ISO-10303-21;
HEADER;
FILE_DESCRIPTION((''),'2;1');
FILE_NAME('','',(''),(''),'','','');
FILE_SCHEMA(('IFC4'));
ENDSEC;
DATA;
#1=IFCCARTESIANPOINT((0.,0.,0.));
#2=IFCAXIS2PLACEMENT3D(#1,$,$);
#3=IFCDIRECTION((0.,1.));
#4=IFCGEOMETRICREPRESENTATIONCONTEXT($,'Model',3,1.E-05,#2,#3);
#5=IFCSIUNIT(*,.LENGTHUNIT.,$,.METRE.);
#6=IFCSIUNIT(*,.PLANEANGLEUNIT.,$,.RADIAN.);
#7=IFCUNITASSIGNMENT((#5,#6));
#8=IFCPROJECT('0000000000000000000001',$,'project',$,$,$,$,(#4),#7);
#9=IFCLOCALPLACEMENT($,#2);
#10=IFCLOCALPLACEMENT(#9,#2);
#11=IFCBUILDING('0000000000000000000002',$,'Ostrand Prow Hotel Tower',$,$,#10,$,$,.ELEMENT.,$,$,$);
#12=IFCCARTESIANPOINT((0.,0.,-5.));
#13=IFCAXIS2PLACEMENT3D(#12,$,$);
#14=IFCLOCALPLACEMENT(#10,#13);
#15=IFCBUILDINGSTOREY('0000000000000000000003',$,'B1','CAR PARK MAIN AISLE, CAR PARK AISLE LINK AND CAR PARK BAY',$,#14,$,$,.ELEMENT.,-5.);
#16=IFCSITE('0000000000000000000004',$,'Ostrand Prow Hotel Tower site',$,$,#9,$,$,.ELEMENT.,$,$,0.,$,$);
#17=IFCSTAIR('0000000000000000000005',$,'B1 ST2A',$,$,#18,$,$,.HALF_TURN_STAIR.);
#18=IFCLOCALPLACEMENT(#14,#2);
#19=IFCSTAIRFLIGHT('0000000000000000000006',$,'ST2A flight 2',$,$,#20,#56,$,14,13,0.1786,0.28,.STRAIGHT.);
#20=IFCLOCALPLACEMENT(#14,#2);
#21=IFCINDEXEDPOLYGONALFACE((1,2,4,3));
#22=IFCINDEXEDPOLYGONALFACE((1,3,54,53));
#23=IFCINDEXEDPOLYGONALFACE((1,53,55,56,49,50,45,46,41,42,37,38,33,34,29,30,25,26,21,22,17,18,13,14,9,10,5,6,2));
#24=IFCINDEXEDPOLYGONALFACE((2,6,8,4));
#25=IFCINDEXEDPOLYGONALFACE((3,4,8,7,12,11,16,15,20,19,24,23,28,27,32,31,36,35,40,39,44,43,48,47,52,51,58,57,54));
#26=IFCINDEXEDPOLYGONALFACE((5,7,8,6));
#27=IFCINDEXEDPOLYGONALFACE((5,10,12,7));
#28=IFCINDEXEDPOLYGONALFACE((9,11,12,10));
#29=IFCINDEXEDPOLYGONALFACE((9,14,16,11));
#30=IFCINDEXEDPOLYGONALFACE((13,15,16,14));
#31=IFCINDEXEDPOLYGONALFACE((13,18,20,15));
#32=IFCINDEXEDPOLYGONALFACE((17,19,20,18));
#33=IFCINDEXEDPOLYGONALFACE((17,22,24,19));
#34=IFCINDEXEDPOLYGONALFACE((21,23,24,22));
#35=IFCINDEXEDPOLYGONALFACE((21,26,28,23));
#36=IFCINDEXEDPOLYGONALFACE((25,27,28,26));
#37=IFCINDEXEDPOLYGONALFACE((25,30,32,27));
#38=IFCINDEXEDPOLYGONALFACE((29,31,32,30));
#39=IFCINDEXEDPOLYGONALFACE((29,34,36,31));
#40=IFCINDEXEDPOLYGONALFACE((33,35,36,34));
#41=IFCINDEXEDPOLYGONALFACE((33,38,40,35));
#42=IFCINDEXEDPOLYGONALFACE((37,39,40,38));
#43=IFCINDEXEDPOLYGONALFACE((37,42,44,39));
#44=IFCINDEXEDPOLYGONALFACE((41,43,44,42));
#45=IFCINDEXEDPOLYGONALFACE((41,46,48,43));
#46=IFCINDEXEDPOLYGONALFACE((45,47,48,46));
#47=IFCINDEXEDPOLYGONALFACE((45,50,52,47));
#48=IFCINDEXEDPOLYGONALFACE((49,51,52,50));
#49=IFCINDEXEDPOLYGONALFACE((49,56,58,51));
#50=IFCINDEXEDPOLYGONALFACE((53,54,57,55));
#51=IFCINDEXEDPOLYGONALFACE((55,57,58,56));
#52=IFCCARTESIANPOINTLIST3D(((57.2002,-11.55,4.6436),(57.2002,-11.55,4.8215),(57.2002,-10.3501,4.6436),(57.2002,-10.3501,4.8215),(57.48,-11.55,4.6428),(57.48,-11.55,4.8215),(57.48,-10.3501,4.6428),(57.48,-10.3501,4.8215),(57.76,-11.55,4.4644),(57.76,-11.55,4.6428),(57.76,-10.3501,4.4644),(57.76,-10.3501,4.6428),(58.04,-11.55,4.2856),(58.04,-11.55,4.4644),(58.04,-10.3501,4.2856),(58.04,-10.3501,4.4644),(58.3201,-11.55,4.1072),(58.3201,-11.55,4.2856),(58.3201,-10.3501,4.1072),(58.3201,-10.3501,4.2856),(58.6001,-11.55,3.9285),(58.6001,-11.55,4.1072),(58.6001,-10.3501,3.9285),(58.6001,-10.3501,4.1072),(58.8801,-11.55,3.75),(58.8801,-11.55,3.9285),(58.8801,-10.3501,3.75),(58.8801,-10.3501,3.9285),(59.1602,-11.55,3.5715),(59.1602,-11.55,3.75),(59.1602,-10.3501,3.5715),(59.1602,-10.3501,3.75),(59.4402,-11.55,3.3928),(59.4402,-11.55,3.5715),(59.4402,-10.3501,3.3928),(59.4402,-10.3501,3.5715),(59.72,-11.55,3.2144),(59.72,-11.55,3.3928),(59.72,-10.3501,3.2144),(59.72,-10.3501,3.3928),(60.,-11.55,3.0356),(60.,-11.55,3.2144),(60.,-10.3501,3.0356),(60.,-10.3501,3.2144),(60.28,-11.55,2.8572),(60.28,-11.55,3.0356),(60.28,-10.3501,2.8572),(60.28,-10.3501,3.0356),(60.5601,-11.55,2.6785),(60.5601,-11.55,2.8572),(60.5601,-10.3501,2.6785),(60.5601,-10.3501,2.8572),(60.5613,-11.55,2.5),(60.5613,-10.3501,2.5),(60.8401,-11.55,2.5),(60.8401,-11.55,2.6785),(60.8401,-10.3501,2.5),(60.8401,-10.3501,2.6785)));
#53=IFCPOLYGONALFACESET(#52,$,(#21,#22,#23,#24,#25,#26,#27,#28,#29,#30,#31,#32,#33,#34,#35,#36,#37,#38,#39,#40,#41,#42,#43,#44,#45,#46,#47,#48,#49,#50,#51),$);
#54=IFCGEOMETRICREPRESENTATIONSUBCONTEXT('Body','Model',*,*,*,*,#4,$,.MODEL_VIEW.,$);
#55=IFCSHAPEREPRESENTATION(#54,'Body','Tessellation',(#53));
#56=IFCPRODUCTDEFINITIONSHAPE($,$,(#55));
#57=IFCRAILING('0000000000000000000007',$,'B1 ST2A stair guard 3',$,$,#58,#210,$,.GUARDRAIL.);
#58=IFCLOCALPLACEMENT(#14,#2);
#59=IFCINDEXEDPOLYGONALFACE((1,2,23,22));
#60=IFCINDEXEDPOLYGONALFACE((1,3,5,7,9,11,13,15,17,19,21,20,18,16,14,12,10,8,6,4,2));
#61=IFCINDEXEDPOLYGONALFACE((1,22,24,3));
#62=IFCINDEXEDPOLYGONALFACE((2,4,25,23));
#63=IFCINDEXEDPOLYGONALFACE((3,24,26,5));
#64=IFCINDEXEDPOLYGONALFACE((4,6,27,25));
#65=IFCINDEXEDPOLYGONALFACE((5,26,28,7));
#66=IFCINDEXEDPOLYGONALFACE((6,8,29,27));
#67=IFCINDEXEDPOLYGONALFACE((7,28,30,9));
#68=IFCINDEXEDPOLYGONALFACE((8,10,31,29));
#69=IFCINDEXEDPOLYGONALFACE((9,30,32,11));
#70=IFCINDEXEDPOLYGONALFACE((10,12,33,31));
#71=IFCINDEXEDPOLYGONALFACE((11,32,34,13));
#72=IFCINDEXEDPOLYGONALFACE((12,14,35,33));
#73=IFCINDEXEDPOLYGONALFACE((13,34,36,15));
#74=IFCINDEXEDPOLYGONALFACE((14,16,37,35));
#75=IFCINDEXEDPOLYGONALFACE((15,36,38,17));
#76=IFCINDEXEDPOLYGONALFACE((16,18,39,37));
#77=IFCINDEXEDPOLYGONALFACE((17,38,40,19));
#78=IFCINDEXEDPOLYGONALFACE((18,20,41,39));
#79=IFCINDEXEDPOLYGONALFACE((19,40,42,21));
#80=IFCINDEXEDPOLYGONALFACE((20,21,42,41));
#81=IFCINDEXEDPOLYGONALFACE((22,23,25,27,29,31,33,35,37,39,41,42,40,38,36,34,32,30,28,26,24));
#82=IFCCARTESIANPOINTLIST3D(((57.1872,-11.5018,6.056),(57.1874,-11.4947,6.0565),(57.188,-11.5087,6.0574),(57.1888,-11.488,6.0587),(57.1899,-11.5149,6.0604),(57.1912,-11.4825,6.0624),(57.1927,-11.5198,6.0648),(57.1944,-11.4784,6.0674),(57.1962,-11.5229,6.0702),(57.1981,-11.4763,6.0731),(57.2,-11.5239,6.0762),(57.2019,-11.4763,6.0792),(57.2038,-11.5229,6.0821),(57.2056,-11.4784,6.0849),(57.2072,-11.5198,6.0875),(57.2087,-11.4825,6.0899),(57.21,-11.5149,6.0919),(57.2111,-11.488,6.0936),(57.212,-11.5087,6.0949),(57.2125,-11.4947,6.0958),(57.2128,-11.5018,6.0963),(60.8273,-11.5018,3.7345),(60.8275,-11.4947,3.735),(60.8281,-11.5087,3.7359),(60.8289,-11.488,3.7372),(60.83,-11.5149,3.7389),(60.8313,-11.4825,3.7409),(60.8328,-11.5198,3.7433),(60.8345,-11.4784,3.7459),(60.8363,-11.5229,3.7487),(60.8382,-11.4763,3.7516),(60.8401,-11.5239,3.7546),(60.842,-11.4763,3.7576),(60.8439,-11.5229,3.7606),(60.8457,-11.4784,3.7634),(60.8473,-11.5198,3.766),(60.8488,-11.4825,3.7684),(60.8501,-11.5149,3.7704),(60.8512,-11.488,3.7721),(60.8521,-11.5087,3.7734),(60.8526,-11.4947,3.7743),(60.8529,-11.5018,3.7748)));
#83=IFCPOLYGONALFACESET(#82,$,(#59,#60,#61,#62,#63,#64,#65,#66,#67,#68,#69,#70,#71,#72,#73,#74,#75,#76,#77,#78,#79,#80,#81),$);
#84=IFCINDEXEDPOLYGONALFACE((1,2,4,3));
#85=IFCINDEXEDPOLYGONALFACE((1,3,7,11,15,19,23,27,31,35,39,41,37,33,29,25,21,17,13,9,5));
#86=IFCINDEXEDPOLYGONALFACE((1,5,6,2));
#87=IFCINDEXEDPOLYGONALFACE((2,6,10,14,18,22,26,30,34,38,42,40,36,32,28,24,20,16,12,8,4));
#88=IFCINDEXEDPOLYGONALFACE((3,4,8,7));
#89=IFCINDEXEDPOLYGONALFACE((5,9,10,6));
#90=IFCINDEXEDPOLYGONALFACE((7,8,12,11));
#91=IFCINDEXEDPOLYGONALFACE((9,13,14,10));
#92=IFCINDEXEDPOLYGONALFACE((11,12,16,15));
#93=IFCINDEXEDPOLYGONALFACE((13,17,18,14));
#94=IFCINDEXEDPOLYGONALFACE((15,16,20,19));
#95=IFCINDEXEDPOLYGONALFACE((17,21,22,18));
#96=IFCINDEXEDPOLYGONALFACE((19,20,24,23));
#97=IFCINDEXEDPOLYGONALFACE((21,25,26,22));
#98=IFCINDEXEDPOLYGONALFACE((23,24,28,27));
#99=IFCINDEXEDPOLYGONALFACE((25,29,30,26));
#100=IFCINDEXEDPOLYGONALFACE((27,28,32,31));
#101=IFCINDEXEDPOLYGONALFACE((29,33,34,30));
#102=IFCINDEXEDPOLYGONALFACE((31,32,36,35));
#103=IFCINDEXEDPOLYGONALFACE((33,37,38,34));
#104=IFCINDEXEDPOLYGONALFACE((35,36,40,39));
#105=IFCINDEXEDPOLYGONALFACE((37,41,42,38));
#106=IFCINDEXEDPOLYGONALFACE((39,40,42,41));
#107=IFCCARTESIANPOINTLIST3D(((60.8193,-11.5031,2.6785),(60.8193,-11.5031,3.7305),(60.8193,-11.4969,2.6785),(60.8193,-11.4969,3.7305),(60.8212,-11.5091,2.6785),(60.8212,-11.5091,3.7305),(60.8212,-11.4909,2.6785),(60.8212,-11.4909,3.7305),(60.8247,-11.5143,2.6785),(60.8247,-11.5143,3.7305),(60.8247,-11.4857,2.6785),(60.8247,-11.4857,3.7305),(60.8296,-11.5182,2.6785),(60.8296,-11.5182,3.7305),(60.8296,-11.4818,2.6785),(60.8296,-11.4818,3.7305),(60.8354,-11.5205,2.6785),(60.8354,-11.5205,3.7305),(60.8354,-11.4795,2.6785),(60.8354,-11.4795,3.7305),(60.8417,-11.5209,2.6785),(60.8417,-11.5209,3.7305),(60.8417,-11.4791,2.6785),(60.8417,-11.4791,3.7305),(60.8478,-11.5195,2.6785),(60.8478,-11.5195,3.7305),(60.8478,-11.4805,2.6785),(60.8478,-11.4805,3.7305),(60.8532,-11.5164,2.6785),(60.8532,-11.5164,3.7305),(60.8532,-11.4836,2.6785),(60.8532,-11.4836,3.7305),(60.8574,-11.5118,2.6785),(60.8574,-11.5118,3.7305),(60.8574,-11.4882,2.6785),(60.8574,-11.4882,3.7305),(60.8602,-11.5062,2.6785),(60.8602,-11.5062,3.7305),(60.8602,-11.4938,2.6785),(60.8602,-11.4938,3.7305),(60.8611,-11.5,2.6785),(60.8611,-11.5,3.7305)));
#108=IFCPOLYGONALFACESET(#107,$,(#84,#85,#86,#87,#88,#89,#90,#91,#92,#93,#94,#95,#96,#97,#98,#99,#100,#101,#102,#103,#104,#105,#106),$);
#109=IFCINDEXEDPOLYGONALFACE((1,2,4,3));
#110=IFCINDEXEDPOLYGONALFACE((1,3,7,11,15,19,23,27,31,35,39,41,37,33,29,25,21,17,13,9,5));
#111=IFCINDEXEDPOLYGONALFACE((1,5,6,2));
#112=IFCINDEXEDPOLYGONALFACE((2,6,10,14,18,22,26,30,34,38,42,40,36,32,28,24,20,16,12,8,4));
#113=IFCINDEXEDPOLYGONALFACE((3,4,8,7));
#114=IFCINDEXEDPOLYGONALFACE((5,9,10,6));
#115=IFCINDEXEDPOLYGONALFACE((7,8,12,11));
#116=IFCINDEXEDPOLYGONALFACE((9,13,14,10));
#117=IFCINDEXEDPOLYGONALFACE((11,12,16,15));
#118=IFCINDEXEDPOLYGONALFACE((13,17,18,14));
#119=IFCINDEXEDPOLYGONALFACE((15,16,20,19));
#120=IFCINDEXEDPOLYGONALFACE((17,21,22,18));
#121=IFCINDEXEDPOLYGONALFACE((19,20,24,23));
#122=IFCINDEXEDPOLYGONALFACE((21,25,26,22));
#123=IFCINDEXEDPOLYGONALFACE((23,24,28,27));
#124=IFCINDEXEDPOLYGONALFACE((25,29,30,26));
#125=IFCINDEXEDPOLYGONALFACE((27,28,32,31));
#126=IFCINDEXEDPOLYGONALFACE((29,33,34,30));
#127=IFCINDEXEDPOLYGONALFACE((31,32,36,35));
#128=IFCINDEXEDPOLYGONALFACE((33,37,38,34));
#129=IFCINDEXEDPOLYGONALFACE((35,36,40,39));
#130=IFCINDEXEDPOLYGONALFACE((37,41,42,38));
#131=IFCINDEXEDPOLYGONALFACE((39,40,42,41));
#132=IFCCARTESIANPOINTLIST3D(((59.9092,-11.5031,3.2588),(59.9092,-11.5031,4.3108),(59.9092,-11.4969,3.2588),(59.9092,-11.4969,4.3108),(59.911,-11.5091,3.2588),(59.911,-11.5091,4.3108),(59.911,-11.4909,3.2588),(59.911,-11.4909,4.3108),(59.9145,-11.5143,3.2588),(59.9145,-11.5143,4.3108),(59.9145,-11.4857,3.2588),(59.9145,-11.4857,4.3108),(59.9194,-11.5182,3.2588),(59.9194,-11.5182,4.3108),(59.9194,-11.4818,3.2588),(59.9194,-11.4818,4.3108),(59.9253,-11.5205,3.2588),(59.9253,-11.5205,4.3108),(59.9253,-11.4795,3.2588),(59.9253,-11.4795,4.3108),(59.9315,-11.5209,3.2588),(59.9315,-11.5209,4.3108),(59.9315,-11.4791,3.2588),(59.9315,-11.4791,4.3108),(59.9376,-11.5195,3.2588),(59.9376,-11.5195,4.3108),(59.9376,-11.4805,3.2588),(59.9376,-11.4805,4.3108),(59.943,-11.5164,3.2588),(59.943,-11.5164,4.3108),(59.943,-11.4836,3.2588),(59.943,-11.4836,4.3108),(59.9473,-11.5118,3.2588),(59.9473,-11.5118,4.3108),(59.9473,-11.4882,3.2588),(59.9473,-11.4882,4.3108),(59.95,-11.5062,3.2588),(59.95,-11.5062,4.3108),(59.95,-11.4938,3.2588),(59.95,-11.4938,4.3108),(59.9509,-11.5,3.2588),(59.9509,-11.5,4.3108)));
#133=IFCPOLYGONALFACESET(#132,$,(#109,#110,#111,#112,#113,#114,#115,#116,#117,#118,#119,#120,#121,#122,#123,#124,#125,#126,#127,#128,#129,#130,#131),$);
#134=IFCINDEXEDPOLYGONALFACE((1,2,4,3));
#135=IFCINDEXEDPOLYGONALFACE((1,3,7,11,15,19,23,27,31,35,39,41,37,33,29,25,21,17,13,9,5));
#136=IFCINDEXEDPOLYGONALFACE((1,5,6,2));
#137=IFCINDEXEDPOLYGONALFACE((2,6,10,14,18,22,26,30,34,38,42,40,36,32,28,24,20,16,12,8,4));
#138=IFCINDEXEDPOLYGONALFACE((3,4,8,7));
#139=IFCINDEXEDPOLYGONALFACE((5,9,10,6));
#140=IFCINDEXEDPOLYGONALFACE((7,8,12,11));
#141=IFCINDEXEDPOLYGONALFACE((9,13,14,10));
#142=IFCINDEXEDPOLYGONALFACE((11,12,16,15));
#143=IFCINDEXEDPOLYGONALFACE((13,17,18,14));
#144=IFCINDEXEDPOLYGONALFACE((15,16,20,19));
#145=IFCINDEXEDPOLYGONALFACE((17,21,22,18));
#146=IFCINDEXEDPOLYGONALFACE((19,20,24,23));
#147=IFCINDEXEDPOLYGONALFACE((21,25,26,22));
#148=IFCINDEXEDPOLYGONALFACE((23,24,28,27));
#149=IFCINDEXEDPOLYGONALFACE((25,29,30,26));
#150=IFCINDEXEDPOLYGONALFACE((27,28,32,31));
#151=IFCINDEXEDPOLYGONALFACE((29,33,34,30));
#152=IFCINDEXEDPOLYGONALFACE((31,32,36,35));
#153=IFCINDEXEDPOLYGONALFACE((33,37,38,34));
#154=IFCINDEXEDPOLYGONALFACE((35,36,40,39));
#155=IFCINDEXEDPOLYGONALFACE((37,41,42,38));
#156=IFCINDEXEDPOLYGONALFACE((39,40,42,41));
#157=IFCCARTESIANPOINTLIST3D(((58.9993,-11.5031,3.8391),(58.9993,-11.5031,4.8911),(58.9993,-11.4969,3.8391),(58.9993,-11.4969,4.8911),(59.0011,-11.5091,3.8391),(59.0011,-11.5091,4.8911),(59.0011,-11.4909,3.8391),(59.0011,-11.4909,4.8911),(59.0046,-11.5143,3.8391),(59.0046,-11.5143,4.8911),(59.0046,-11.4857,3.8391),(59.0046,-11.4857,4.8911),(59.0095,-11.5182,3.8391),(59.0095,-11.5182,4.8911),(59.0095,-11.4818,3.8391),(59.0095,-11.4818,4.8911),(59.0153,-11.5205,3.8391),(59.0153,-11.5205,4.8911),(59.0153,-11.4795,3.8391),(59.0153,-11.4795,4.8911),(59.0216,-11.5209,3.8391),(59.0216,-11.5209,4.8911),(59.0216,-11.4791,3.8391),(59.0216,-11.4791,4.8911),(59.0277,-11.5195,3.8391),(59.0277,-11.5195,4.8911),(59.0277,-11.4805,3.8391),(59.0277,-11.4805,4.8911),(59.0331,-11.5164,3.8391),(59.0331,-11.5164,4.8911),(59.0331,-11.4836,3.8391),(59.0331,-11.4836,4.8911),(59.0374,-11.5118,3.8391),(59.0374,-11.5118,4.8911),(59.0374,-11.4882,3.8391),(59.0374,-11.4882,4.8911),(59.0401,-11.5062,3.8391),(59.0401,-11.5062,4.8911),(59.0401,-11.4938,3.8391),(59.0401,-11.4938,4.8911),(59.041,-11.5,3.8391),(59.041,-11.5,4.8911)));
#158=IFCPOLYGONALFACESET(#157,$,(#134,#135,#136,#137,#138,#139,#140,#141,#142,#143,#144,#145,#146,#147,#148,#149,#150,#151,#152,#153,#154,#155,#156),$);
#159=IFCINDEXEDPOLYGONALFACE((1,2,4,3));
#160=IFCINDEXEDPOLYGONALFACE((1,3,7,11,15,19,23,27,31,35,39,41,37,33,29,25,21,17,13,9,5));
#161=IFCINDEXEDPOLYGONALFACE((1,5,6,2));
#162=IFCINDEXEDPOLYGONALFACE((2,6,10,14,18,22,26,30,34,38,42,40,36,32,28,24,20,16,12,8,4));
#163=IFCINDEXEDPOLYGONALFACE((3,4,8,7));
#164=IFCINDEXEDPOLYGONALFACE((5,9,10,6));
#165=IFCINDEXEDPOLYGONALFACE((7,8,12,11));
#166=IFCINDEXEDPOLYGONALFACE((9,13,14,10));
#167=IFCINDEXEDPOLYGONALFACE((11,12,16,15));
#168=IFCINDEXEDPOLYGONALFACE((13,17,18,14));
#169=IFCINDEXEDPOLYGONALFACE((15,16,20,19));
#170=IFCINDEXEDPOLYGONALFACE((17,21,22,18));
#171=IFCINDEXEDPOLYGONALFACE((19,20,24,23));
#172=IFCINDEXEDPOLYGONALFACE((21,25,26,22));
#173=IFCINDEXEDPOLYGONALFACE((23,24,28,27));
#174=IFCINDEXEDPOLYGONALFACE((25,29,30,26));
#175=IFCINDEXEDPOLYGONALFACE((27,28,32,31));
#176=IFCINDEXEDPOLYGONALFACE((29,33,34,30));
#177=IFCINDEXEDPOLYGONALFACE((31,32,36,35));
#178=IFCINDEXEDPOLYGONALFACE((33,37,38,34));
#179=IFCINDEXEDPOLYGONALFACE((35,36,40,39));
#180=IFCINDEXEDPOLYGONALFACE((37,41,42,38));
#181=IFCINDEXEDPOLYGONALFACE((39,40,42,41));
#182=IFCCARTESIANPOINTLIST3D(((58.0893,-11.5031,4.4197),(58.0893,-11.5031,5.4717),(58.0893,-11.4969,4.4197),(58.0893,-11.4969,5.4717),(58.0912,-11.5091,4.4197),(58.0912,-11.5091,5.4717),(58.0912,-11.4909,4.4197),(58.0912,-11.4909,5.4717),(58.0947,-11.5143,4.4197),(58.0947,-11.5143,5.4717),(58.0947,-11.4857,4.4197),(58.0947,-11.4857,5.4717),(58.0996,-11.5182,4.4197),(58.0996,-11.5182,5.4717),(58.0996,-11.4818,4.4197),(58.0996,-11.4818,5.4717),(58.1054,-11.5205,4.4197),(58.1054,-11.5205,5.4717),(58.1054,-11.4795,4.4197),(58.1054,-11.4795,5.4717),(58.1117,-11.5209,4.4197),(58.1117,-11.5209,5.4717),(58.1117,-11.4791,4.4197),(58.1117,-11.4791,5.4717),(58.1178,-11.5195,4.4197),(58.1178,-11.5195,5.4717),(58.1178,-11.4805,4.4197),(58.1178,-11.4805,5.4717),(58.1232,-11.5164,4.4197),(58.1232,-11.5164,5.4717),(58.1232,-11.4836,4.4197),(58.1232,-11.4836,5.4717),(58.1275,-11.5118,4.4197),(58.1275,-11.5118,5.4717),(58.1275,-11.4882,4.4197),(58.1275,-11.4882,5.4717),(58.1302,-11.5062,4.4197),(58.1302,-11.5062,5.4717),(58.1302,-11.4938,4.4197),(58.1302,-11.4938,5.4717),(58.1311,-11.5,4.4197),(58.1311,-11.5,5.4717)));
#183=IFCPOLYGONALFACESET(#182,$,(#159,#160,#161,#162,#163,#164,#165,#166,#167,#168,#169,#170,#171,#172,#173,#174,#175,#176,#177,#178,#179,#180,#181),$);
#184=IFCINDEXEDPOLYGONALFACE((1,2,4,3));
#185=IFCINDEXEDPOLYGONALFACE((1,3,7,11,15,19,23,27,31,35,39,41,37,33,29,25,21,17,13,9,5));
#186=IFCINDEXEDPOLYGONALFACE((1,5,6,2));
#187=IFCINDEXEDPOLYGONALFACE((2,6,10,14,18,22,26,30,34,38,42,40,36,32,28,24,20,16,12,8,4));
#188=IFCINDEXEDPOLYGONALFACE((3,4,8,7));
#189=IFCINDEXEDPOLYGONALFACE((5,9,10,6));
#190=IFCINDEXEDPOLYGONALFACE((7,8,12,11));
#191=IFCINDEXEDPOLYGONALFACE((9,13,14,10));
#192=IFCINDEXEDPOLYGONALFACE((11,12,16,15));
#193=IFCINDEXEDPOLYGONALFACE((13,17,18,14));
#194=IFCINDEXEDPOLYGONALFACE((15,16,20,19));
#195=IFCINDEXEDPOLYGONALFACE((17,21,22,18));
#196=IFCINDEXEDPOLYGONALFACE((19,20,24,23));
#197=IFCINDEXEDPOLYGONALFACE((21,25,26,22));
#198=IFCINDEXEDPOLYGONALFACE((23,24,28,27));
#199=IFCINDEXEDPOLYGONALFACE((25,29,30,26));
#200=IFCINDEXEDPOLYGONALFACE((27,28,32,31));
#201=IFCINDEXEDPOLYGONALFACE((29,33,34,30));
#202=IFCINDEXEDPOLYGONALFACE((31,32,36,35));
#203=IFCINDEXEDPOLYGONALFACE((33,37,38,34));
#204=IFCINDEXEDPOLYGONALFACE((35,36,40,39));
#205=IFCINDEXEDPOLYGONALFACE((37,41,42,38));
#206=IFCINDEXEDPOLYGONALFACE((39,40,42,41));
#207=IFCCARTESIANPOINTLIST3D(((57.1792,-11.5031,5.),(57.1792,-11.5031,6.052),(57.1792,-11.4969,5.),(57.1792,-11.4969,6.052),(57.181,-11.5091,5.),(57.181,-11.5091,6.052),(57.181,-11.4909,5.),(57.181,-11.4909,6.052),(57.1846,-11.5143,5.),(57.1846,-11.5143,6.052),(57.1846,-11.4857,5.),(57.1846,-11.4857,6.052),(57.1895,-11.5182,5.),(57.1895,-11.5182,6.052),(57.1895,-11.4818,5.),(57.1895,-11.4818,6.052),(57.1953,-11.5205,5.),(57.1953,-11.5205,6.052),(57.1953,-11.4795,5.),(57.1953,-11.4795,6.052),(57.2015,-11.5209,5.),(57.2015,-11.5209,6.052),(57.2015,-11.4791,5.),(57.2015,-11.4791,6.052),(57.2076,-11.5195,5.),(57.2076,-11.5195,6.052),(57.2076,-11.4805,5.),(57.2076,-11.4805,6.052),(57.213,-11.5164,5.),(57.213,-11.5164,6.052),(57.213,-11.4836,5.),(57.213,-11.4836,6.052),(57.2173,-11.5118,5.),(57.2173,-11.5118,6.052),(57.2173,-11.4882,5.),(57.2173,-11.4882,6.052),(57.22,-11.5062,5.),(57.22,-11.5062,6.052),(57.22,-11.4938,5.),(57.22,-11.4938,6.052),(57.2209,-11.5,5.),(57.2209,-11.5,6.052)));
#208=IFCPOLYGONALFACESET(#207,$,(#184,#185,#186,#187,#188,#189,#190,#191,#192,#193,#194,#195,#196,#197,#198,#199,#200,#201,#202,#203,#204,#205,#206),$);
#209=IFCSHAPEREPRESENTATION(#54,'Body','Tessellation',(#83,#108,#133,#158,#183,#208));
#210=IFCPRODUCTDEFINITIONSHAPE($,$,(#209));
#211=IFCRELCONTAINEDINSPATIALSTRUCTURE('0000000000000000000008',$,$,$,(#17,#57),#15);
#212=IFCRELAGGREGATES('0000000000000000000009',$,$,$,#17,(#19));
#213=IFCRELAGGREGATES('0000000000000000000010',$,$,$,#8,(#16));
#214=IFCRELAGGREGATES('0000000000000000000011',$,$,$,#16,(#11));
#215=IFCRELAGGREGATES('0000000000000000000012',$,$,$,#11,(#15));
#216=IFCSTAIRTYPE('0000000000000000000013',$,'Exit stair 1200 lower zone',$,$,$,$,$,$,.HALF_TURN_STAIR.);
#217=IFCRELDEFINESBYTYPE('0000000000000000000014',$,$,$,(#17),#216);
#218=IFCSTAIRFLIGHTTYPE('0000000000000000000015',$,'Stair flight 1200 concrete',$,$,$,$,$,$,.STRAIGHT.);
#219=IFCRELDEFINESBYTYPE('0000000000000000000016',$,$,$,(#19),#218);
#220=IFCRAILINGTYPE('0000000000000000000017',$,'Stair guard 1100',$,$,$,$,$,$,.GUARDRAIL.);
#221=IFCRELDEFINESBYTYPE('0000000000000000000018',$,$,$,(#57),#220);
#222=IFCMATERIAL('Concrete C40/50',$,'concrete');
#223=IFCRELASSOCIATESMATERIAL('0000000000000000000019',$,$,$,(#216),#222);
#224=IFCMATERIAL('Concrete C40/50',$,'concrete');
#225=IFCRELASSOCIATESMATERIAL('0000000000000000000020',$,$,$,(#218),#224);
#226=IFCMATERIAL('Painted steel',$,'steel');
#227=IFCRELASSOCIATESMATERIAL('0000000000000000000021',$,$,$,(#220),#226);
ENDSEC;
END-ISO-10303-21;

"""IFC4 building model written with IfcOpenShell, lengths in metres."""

from ifc_helpers import new_model, si_unit, direction, frame, origin, origin_2d, place, context, subcontext, project, spatial, polyline, circle, outline, extrude, material, type_object, element, aggregate, save


model = new_model("IFC4")

# Units and contexts
model_context = context("Model", 3, precision=1e-05, world=origin(), true_north=direction((0.0, 1.0)))
body_context = subcontext(model_context, "Body", "Model", "MODEL_VIEW")
ifc_project = project(units=[si_unit("LENGTHUNIT", "METRE"), si_unit("PLANEANGLEUNIT", "RADIAN")], contexts=[model_context])

# Site, building, storey
site_placement = place(None, origin())
site = spatial("IfcSite", under=ifc_project, at=site_placement, Name="Ostrand Prow Hotel Tower site", CompositionType="ELEMENT", RefElevation=0.0)
building_placement = place(site_placement, origin())
building = spatial("IfcBuilding", under=site, at=building_placement, Name="Ostrand Prow Hotel Tower", CompositionType="ELEMENT")
storey_placement = place(building_placement, frame((0.0, 0.0, -5.0)))
storey = spatial("IfcBuildingStorey", under=building, at=storey_placement, Name="B1", Description="CAR PARK MAIN AISLE, CAR PARK AISLE LINK AND CAR PARK BAY", CompositionType="ELEMENT", Elevation=-5.0)

# Stair, stair flight
ifc_material_1 = material(Name="Concrete C40/50", Category="concrete")
stair_type = type_object("IfcStairType", Name="Exit stair 1200 lower zone", PredefinedType="HALF_TURN_STAIR", material=ifc_material_1)
stair_placement = place(storey_placement, origin())
stair = element("IfcStair", 1, at=stair_placement, inside=storey, type_object=stair_type, Name="B1 ST2A", PredefinedType="HALF_TURN_STAIR")
ifc_material_2 = material(Name="Concrete C40/50", Category="concrete")
stair_flight_type = type_object("IfcStairFlightType", Name="Stair flight 1200 concrete", PredefinedType="STRAIGHT", material=ifc_material_2)
stair_flight_placement = place(storey_placement, frame((60.8401, -10.95, 2.5), z_axis=(0.0, 0.0, 1.0), x_axis=(-1.0, 0.0, 0.0)))
stair_flight = element("IfcStairFlight", 2, at=stair_flight_placement, type_object=stair_flight_type, Name="ST2A flight 2", NumberOfRisers=14, NumberOfTreads=13, PredefinedType="STRAIGHT", RiserHeight=0.1786, TreadLength=0.28, context=body_context, shape_type="SweptSolid", body=[
    extrude(outline(polyline([(0.0, 0.0), (0.0, 0.1785), (0.28, 0.1785), (0.28, 0.3572), (0.5601, 0.3572), (0.5601, 0.5356), (0.8401, 0.5356), (0.8401, 0.7144), (1.1201, 0.7144), (1.1201, 0.8928), (1.3999, 0.8928), (1.3999, 1.0715), (1.6799, 1.0715), (1.6799, 1.25), (1.96, 1.25), (1.96, 1.4285), (2.24, 1.4285), (2.24, 1.6072), (2.52, 1.6072), (2.52, 1.7856), (2.8, 1.7856), (2.8, 1.9644), (3.0801, 1.9644), (3.0801, 2.1428), (3.3601, 2.1428), (3.3601, 2.3215), (3.6399, 2.3215), (3.6399, 2.5), (3.6399, 2.1436), (0.2788, 0.0), (0.0, 0.0)])), frame((0.0, 0.6001, 0.0), z_axis=(0.0, -1.0, 0.0), x_axis=(1.0, 0.0, 0.0)), (0.0, 0.0, 1.0), 1.2),
])
aggregate(stair, [stair_flight])

# Railing
ifc_material_3 = material(Name="Painted steel", Category="steel")
railing_type_1 = type_object("IfcRailingType", Name="Stair guard 1100", PredefinedType="GUARDRAIL", material=ifc_material_3)
railing_1_placement = place(storey_placement, frame((60.8401, -11.5, 2.6785)))
element("IfcRailing", 3, at=railing_1_placement, inside=storey, type_object=railing_type_1, Name="B1 ST2A stair guard 3", PredefinedType="GUARDRAIL", context=body_context, shape_type="SweptSolid", body=[
    extrude(circle(Radius=0.0239, at=origin_2d()), frame((0.0, 0.0, 1.0762), z_axis=(-0.843128, 0.0, 0.537713), x_axis=(0.0, -1.0, 0.0)), (0.0, 0.0, 1.0), 4.3174),
    extrude(circle(Radius=0.021, at=origin_2d()), origin(), (0.0, 0.0, 1.0), 1.052),
    extrude(circle(Radius=0.021, at=origin_2d()), frame((-0.9102, 0.0, 0.5803)), (0.0, 0.0, 1.0), 1.052),
    extrude(circle(Radius=0.021, at=origin_2d()), frame((-1.8201, 0.0, 1.1606)), (0.0, 0.0, 1.0), 1.052),
    extrude(circle(Radius=0.021, at=origin_2d()), frame((-2.73, 0.0, 1.7412)), (0.0, 0.0, 1.0), 1.052),
    extrude(circle(Radius=0.021, at=origin_2d()), frame((-3.6401, 0.0, 2.3215)), (0.0, 0.0, 1.0), 1.052),
])

save(model, "model.ifc")
